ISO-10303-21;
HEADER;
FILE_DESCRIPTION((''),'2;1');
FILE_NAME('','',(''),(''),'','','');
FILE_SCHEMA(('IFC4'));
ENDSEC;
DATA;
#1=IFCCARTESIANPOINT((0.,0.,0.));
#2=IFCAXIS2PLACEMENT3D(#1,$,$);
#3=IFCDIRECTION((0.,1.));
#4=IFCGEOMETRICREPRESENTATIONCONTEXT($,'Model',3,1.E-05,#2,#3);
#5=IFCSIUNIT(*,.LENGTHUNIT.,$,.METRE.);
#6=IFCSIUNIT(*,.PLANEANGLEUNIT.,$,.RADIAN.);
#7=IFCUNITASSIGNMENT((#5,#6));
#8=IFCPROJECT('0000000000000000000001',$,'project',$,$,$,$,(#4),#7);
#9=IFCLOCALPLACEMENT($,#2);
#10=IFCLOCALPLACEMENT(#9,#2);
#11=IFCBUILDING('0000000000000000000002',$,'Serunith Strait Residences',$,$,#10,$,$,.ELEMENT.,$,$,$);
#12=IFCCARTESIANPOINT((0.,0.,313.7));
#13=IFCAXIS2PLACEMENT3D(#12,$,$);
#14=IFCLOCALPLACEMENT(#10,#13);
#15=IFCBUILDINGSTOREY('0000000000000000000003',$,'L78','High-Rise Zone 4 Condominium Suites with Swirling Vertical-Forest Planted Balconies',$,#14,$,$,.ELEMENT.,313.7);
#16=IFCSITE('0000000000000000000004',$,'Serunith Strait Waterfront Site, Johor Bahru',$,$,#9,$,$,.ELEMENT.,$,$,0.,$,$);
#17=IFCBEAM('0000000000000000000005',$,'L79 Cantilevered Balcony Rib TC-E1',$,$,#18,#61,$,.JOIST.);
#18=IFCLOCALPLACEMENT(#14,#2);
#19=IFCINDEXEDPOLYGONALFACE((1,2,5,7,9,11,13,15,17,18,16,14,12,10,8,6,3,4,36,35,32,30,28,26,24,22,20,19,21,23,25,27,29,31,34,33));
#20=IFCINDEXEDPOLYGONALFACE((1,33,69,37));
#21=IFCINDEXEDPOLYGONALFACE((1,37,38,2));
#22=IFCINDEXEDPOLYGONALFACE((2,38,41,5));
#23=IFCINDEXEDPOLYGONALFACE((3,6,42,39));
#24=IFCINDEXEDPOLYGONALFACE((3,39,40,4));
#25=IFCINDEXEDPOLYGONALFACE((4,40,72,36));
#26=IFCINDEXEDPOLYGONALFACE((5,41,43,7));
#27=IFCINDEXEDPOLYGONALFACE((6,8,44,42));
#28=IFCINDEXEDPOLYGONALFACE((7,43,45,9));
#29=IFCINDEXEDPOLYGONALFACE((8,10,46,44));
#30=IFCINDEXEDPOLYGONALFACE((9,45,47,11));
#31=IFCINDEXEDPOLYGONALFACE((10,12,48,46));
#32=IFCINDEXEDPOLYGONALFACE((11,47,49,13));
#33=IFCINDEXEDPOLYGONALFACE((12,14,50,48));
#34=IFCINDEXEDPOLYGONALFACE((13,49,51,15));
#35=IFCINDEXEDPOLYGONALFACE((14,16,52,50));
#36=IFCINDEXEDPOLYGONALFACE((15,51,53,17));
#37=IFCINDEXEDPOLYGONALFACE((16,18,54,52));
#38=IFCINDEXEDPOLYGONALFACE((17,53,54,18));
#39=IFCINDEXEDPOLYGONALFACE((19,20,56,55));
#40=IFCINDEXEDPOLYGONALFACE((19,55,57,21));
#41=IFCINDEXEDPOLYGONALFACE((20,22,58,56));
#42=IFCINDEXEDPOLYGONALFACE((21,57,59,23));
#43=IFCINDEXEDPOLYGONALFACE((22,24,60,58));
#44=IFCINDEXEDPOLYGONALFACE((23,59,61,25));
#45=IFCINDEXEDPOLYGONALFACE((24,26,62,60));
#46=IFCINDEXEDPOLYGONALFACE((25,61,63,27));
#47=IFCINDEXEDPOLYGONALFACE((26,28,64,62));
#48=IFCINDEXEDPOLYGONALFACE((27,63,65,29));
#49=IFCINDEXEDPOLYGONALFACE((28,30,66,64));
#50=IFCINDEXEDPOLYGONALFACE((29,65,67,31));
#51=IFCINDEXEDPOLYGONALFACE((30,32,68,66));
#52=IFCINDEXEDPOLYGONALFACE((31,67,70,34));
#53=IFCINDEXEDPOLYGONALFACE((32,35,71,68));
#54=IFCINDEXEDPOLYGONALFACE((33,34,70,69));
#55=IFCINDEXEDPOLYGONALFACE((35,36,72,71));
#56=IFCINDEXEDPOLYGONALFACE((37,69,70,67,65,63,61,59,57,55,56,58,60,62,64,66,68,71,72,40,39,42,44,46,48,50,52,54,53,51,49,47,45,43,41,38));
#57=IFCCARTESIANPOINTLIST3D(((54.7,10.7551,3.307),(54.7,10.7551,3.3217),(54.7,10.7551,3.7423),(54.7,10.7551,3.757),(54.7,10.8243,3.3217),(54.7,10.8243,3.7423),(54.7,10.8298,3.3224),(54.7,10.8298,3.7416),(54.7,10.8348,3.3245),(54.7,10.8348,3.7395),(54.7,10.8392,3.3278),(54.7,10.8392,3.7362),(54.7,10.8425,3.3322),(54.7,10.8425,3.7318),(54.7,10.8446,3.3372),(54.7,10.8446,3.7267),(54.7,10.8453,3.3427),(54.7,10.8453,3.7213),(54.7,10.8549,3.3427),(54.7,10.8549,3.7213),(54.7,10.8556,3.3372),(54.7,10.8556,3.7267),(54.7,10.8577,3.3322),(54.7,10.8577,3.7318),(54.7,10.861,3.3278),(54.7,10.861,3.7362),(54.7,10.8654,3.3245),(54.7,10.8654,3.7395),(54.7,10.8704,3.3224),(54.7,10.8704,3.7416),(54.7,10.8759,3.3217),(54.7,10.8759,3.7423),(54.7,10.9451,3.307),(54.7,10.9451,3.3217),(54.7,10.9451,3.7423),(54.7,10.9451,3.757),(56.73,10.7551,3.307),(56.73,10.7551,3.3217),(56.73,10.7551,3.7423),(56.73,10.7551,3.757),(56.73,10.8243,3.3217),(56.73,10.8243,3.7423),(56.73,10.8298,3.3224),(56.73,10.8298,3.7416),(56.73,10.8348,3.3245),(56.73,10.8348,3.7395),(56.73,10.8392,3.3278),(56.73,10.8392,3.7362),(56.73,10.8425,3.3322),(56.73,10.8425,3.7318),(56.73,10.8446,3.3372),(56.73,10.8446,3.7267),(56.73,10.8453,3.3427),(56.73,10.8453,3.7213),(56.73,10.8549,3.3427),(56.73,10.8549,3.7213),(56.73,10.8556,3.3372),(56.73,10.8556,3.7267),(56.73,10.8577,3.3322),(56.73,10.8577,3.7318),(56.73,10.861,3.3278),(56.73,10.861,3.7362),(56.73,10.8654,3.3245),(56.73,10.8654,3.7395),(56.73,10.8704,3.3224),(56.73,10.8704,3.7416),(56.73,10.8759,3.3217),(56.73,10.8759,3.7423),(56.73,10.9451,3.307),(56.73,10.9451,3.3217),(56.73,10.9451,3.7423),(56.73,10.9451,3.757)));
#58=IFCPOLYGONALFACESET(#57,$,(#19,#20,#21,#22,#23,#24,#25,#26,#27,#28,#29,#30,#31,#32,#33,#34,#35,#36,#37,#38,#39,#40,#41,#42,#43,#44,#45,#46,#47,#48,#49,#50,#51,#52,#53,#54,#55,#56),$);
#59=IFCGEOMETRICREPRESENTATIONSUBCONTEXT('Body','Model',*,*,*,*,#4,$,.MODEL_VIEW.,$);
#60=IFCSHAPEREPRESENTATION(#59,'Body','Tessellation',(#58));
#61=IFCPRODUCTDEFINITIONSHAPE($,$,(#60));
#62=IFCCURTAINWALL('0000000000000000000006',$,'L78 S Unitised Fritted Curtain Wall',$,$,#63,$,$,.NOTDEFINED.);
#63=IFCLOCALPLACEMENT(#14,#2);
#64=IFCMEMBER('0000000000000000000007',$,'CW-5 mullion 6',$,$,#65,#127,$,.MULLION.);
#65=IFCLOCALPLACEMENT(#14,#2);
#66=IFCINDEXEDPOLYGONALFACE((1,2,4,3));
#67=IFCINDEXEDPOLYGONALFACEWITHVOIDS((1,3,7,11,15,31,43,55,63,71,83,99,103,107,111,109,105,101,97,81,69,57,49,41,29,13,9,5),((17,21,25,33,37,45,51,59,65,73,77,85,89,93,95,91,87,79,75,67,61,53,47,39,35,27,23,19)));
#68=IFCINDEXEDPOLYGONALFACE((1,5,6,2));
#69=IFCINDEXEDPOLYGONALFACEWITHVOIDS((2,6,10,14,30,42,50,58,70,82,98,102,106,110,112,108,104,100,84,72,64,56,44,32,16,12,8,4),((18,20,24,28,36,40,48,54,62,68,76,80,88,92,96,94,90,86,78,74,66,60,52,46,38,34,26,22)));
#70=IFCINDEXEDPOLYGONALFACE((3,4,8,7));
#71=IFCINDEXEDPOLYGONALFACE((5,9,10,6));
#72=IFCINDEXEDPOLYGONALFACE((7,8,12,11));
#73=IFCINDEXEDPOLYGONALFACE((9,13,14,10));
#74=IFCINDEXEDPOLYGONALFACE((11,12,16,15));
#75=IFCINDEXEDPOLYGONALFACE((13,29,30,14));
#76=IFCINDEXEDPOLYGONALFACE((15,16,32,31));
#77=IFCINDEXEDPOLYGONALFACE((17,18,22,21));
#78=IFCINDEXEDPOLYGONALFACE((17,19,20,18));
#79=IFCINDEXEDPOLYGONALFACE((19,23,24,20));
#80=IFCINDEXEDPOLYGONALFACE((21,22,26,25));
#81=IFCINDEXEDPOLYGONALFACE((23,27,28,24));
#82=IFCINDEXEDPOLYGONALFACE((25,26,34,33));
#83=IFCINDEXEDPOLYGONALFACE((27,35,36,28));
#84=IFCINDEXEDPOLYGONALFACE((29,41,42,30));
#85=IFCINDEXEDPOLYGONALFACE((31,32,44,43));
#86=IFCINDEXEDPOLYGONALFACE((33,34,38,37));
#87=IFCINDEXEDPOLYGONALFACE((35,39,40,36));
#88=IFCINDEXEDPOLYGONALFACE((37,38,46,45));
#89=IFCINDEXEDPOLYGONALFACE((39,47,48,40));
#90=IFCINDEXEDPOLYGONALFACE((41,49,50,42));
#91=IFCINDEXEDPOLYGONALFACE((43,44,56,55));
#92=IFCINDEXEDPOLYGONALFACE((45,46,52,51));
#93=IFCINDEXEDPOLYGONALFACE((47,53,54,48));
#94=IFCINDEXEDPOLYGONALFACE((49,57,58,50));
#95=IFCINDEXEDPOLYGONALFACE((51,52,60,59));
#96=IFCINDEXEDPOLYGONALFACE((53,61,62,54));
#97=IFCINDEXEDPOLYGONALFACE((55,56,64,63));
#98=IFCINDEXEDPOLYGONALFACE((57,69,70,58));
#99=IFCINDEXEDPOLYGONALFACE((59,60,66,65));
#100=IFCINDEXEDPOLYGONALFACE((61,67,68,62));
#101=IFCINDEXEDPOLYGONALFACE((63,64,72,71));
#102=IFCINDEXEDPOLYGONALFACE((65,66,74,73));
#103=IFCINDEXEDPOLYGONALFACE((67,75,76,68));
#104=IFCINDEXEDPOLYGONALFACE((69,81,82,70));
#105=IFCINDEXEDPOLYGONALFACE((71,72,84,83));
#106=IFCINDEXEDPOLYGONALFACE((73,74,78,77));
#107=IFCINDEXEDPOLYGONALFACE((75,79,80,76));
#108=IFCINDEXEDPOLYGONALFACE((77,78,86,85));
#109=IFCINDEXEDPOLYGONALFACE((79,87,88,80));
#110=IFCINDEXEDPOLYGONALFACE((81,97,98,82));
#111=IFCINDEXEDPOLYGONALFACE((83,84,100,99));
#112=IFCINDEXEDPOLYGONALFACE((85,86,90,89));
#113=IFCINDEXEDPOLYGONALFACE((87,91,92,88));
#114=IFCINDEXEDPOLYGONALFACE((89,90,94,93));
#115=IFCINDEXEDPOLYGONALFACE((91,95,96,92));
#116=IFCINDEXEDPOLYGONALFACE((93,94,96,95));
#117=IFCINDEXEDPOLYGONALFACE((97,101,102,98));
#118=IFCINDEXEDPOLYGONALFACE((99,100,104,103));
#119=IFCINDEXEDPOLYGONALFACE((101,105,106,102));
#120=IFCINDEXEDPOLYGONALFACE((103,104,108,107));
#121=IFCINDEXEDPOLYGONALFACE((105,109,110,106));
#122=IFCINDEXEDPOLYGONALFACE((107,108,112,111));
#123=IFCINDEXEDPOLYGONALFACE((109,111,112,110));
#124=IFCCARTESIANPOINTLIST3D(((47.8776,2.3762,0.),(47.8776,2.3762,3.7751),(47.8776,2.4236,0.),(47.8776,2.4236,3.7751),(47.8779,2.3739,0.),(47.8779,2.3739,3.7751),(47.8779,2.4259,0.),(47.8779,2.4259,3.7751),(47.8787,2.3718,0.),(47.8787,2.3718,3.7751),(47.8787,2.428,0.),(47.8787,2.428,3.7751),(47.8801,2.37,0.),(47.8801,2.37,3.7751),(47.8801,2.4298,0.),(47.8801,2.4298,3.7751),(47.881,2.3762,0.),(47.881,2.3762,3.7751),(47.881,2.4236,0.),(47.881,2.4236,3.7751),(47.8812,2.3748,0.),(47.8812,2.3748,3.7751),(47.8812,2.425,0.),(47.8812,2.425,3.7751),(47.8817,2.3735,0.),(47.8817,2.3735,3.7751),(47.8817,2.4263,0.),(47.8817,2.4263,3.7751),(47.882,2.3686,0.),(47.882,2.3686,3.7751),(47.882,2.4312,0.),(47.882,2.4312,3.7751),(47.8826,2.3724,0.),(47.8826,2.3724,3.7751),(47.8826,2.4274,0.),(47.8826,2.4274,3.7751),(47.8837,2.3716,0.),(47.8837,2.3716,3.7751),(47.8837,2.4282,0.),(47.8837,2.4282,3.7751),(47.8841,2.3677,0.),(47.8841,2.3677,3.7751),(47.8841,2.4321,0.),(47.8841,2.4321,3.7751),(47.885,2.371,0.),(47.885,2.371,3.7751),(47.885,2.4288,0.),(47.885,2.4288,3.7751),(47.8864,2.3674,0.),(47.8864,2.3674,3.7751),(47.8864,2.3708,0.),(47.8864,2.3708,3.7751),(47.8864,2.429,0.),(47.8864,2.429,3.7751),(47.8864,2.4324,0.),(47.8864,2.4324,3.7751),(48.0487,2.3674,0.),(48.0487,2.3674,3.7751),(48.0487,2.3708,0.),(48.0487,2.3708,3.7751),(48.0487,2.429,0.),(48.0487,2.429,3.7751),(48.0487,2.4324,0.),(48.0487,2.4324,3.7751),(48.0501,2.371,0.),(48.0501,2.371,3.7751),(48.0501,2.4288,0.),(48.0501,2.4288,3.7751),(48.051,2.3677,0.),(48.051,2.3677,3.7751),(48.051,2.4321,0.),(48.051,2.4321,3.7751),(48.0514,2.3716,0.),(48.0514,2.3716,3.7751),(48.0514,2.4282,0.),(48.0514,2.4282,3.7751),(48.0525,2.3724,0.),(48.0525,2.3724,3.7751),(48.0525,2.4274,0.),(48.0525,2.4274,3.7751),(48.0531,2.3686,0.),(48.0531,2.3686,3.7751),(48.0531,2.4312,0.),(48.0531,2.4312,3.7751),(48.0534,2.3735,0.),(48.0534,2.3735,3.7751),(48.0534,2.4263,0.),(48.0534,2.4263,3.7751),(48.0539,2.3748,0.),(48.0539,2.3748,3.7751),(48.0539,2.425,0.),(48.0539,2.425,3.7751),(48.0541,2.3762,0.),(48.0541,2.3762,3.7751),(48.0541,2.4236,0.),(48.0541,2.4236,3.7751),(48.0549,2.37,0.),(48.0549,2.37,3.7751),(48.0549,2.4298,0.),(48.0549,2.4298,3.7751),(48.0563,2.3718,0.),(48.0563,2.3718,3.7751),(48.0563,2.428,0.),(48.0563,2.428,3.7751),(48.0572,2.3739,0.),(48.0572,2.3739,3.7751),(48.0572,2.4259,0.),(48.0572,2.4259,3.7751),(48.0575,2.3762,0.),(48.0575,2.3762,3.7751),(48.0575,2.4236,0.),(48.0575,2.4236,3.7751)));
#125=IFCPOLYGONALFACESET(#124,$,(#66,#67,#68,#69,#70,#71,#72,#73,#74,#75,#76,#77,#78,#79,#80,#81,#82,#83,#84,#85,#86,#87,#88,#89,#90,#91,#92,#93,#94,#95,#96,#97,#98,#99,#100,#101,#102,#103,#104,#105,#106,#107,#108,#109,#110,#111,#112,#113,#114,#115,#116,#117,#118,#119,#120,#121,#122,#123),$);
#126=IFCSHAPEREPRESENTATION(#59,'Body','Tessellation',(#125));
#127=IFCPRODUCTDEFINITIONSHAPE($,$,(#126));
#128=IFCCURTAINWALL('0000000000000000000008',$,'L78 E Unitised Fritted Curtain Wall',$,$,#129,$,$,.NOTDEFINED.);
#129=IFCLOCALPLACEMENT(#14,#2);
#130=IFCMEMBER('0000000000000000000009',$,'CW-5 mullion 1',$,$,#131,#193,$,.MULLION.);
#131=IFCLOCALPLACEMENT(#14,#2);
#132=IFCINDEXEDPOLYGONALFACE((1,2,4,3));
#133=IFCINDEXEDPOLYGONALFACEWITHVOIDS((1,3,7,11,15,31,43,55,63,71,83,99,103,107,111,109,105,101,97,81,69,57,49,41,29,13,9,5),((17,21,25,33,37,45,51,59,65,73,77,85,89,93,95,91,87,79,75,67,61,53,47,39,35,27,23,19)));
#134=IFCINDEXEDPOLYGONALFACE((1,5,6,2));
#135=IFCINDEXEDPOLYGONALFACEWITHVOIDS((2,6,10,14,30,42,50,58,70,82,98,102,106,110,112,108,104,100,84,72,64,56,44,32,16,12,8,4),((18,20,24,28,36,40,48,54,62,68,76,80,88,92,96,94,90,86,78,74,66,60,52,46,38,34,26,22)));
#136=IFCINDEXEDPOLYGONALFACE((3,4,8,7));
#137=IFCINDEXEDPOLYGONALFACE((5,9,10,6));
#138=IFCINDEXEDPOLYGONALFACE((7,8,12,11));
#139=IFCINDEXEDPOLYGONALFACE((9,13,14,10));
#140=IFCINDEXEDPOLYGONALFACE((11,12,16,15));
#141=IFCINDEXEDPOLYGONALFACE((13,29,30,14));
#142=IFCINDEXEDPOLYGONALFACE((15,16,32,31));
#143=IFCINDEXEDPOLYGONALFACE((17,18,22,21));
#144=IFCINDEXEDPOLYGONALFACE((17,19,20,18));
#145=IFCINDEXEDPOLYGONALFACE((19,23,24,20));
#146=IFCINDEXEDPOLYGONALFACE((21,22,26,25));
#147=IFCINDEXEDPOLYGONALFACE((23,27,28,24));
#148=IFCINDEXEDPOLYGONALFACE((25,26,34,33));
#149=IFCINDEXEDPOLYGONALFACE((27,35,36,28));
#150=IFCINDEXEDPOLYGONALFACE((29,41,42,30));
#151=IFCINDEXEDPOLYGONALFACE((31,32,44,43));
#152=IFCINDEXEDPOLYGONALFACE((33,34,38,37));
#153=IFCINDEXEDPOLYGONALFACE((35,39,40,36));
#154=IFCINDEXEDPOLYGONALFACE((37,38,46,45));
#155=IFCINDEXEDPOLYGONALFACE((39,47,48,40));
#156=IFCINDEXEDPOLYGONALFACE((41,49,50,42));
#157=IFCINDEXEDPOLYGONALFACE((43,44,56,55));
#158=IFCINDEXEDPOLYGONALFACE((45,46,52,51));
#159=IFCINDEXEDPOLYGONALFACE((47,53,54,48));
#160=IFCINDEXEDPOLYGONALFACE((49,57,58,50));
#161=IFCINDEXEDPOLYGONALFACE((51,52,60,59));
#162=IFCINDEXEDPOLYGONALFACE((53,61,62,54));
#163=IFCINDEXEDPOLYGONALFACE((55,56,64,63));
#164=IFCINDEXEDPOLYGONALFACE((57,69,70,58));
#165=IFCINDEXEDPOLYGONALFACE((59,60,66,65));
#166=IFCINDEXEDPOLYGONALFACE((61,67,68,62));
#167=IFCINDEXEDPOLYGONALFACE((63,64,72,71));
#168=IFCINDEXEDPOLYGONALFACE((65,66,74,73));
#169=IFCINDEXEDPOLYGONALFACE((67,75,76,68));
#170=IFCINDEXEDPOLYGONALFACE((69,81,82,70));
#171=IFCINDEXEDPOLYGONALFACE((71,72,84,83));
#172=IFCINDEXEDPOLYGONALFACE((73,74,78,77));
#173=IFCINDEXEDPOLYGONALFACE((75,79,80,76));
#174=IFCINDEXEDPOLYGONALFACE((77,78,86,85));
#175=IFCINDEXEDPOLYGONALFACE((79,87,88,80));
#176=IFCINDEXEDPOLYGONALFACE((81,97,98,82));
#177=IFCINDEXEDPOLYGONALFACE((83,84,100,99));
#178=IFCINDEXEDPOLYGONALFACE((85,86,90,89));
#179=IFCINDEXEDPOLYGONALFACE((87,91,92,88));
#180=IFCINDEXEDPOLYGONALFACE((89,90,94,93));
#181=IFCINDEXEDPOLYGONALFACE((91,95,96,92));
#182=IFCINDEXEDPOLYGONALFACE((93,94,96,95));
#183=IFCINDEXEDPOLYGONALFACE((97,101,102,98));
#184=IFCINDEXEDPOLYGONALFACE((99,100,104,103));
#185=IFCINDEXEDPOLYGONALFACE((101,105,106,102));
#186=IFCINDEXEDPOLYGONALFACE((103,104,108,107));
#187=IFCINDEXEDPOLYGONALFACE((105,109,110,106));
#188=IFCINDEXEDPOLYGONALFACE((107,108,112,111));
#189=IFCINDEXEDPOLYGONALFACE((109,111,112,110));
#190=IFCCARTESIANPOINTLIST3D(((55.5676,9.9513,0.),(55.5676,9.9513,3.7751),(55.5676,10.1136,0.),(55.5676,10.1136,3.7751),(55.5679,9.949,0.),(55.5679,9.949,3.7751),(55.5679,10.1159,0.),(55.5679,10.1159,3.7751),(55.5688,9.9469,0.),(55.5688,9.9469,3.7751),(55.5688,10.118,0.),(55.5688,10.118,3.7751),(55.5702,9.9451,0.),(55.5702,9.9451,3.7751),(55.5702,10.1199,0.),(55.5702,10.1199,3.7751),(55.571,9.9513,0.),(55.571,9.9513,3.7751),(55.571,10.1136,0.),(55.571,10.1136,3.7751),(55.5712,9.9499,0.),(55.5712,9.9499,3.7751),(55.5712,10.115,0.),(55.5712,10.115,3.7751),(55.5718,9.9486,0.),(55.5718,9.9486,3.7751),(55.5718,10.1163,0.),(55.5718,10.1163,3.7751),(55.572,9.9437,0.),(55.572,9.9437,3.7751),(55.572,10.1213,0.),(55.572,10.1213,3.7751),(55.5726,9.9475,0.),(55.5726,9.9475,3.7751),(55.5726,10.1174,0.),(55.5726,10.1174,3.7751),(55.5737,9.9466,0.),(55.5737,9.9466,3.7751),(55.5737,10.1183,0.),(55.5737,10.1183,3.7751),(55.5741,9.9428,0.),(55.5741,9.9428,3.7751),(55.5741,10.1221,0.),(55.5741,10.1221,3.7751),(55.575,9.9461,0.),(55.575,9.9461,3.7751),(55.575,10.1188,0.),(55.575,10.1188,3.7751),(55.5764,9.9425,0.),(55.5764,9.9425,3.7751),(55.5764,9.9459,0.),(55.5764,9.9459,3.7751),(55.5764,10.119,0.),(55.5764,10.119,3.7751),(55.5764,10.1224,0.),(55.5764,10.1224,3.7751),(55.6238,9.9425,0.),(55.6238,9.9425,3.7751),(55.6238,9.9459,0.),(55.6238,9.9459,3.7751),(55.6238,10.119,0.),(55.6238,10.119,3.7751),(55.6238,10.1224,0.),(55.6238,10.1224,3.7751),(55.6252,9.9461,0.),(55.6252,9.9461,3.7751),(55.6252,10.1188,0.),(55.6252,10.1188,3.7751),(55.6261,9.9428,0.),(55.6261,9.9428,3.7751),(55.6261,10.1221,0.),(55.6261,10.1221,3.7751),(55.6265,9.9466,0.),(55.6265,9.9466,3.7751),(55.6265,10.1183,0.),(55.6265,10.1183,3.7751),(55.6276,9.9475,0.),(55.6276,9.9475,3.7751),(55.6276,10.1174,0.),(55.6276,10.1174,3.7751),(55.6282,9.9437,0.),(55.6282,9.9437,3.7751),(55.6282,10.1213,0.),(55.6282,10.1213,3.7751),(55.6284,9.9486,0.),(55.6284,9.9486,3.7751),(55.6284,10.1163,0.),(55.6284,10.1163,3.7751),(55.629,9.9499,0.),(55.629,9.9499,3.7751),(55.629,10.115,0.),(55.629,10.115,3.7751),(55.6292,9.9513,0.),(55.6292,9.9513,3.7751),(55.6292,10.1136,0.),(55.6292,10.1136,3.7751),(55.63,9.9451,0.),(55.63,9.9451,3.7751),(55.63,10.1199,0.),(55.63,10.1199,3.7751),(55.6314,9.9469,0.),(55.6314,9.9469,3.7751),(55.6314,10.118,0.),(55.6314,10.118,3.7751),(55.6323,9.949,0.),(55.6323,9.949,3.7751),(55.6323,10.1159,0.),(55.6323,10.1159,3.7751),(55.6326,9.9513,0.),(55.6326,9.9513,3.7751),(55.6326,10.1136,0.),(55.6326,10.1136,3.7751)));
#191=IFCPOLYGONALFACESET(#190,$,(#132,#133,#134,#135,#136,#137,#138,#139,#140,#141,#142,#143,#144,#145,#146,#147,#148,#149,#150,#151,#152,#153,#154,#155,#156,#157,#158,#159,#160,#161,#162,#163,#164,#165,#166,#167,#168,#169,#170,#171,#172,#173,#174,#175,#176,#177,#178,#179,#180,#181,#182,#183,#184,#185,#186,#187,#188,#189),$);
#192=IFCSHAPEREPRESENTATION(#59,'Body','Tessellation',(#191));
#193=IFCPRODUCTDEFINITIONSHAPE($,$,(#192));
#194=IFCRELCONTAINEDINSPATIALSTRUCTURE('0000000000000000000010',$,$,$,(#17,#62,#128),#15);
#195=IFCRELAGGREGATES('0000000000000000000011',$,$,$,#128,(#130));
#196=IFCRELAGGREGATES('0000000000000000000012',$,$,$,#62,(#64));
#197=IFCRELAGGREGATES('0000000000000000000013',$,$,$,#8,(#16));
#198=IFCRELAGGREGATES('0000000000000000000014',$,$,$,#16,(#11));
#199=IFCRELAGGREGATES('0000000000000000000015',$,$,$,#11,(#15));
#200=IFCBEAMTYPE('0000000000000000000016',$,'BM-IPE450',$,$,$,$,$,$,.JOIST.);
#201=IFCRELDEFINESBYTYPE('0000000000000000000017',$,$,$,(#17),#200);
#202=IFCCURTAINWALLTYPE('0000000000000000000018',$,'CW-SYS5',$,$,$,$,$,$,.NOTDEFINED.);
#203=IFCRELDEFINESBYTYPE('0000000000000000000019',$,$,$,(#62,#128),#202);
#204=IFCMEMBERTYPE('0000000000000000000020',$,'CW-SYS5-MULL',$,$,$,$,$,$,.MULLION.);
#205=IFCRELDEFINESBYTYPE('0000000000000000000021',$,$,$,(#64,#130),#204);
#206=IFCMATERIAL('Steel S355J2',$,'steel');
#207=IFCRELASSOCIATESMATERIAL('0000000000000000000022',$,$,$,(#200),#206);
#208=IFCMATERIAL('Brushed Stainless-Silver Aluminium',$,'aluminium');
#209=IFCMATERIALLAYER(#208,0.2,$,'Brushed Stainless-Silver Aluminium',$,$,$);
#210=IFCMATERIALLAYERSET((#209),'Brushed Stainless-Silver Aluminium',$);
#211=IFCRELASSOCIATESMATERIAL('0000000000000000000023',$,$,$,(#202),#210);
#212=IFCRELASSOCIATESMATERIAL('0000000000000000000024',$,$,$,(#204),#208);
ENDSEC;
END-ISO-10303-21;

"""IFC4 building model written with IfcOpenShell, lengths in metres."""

from ifc_helpers import new_model, si_unit, direction, frame, origin, origin_2d, place, context, subcontext, project, spatial, hollow_rectangle, i_section, extrude, source, transform, mapped, material, layer, layer_set, material_profile, profile_set, type_object, element, aggregate, save


model = new_model("IFC4")

# Units and contexts
model_context = context("Model", 3, precision=1e-05, world=origin(), true_north=direction((0.0, 1.0)))
body_context = subcontext(model_context, "Body", "Model", "MODEL_VIEW")
ifc_project = project(units=[si_unit("LENGTHUNIT", "METRE"), si_unit("PLANEANGLEUNIT", "RADIAN")], contexts=[model_context])

# Site, building, storey
site_placement = place(None, origin())
site = spatial("IfcSite", under=ifc_project, at=site_placement, Name="Serunith Strait Waterfront Site, Johor Bahru", CompositionType="ELEMENT", RefElevation=0.0)
building_placement = place(site_placement, origin())
building = spatial("IfcBuilding", under=site, at=building_placement, Name="Serunith Strait Residences", CompositionType="ELEMENT")
storey_placement = place(building_placement, frame((0.0, 0.0, 313.7)))
storey = spatial("IfcBuildingStorey", under=building, at=storey_placement, Name="L78", Description="High-Rise Zone 4 Condominium Suites with Swirling Vertical-Forest Planted Balconies", CompositionType="ELEMENT", Elevation=313.7)

# Beam
ifc_material_1 = material(Name="Steel S355J2", Category="steel")
ifc_material_profile_1 = material_profile(ifc_material_1, i_section(OverallWidth=0.1899, OverallDepth=0.45, WebThickness=0.0095, FlangeThickness=0.0146, FilletRadius=0.021, at=origin_2d()), Name="IPE 450")
ifc_profile_set_1 = profile_set([ifc_material_profile_1], Name="Steel S355J2")
beam_type_1 = type_object("IfcBeamType", Name="BM-IPE450", PredefinedType="JOIST", material=ifc_profile_set_1)
shared_shape_1 = source(origin(), body_context, "Body", "SweptSolid", [
    extrude(i_section(OverallWidth=0.1899, OverallDepth=0.45, WebThickness=0.0095, FlangeThickness=0.0146, FilletRadius=0.021, at=origin_2d()), origin(), (0.0, 0.0, 1.0), 2.03),
])
for number, where, z_axis, x_axis, name in (
    (1, (54.7, 10.8501, 3.532), (1.0, 0.0, 0.0), (0.0, 1.0, 0.0), "L79 Cantilevered Balcony Rib TC-E1"),
):
    element("IfcBeam", number, at=place(storey_placement, frame(where, z_axis=z_axis, x_axis=x_axis)), inside=storey, type_object=beam_type_1, Name=name, PredefinedType="JOIST", context=body_context, shape_type="MappedRepresentation", body=[
        mapped(shared_shape_1, transform((0.0, 0.0, 0.0), scale=1.0)),
    ])

# Curtain walls, members
ifc_material_2 = material(Name="Brushed Stainless-Silver Aluminium", Category="aluminium")
ifc_layer_1 = layer(ifc_material_2, 0.2, Name="Brushed Stainless-Silver Aluminium")
ifc_layer_set_1 = layer_set([ifc_layer_1], Name="Brushed Stainless-Silver Aluminium")
curtain_wall_type = type_object("IfcCurtainWallType", Name="CW-SYS5", PredefinedType="NOTDEFINED", material=ifc_layer_set_1)
curtain_wall_1_placement = place(storey_placement, origin())
curtain_wall_1 = element("IfcCurtainWall", 2, at=curtain_wall_1_placement, inside=storey, type_object=curtain_wall_type, Name="L78 S Unitised Fritted Curtain Wall", PredefinedType="NOTDEFINED")
ifc_material_profile_2 = material_profile(ifc_material_2, hollow_rectangle(XDim=0.0649, YDim=0.1799, WallThickness=0.0034, InnerFilletRadius=0.0054, OuterFilletRadius=0.0088, at=origin_2d()), Name="ALU 180x65x3.5")
ifc_profile_set_2 = profile_set([ifc_material_profile_2], Name="Brushed Stainless-Silver Aluminium")
member_type_1 = type_object("IfcMemberType", Name="CW-SYS5-MULL", PredefinedType="MULLION", material=ifc_profile_set_2)
shared_shape_2 = source(origin(), body_context, "Body", "SweptSolid", [
    extrude(hollow_rectangle(XDim=0.0649, YDim=0.1799, WallThickness=0.0034, InnerFilletRadius=0.0054, OuterFilletRadius=0.0088, at=origin_2d()), origin(), (0.0, 0.0, 1.0), 3.7751),
])
member_1_placement = place(storey_placement, frame((47.9675, 2.3999, 0.0), z_axis=(0.0, 0.0, 1.0), x_axis=(0.0, 1.0, 0.0)))
member_1 = element("IfcMember", 3, at=member_1_placement, type_object=member_type_1, Name="CW-5 mullion 6", PredefinedType="MULLION", context=body_context, shape_type="MappedRepresentation", body=[
    mapped(shared_shape_2, transform((0.0, 0.0, 0.0), scale=1.0)),
])
curtain_wall_2_placement = place(storey_placement, origin())
curtain_wall_2 = element("IfcCurtainWall", 4, at=curtain_wall_2_placement, inside=storey, type_object=curtain_wall_type, Name="L78 E Unitised Fritted Curtain Wall", PredefinedType="NOTDEFINED")
member_2_placement = place(storey_placement, frame((55.6001, 10.0325, 0.0), z_axis=(0.0, 0.0, 1.0), x_axis=(-1.0, 0.0, 0.0)))
member_2 = element("IfcMember", 5, at=member_2_placement, type_object=member_type_1, Name="CW-5 mullion 1", PredefinedType="MULLION", context=body_context, shape_type="MappedRepresentation", body=[
    mapped(shared_shape_2, transform((0.0, 0.0, 0.0), scale=1.0)),
])

aggregate(curtain_wall_2, [member_2])

aggregate(curtain_wall_1, [member_1])

save(model, "model.ifc")
